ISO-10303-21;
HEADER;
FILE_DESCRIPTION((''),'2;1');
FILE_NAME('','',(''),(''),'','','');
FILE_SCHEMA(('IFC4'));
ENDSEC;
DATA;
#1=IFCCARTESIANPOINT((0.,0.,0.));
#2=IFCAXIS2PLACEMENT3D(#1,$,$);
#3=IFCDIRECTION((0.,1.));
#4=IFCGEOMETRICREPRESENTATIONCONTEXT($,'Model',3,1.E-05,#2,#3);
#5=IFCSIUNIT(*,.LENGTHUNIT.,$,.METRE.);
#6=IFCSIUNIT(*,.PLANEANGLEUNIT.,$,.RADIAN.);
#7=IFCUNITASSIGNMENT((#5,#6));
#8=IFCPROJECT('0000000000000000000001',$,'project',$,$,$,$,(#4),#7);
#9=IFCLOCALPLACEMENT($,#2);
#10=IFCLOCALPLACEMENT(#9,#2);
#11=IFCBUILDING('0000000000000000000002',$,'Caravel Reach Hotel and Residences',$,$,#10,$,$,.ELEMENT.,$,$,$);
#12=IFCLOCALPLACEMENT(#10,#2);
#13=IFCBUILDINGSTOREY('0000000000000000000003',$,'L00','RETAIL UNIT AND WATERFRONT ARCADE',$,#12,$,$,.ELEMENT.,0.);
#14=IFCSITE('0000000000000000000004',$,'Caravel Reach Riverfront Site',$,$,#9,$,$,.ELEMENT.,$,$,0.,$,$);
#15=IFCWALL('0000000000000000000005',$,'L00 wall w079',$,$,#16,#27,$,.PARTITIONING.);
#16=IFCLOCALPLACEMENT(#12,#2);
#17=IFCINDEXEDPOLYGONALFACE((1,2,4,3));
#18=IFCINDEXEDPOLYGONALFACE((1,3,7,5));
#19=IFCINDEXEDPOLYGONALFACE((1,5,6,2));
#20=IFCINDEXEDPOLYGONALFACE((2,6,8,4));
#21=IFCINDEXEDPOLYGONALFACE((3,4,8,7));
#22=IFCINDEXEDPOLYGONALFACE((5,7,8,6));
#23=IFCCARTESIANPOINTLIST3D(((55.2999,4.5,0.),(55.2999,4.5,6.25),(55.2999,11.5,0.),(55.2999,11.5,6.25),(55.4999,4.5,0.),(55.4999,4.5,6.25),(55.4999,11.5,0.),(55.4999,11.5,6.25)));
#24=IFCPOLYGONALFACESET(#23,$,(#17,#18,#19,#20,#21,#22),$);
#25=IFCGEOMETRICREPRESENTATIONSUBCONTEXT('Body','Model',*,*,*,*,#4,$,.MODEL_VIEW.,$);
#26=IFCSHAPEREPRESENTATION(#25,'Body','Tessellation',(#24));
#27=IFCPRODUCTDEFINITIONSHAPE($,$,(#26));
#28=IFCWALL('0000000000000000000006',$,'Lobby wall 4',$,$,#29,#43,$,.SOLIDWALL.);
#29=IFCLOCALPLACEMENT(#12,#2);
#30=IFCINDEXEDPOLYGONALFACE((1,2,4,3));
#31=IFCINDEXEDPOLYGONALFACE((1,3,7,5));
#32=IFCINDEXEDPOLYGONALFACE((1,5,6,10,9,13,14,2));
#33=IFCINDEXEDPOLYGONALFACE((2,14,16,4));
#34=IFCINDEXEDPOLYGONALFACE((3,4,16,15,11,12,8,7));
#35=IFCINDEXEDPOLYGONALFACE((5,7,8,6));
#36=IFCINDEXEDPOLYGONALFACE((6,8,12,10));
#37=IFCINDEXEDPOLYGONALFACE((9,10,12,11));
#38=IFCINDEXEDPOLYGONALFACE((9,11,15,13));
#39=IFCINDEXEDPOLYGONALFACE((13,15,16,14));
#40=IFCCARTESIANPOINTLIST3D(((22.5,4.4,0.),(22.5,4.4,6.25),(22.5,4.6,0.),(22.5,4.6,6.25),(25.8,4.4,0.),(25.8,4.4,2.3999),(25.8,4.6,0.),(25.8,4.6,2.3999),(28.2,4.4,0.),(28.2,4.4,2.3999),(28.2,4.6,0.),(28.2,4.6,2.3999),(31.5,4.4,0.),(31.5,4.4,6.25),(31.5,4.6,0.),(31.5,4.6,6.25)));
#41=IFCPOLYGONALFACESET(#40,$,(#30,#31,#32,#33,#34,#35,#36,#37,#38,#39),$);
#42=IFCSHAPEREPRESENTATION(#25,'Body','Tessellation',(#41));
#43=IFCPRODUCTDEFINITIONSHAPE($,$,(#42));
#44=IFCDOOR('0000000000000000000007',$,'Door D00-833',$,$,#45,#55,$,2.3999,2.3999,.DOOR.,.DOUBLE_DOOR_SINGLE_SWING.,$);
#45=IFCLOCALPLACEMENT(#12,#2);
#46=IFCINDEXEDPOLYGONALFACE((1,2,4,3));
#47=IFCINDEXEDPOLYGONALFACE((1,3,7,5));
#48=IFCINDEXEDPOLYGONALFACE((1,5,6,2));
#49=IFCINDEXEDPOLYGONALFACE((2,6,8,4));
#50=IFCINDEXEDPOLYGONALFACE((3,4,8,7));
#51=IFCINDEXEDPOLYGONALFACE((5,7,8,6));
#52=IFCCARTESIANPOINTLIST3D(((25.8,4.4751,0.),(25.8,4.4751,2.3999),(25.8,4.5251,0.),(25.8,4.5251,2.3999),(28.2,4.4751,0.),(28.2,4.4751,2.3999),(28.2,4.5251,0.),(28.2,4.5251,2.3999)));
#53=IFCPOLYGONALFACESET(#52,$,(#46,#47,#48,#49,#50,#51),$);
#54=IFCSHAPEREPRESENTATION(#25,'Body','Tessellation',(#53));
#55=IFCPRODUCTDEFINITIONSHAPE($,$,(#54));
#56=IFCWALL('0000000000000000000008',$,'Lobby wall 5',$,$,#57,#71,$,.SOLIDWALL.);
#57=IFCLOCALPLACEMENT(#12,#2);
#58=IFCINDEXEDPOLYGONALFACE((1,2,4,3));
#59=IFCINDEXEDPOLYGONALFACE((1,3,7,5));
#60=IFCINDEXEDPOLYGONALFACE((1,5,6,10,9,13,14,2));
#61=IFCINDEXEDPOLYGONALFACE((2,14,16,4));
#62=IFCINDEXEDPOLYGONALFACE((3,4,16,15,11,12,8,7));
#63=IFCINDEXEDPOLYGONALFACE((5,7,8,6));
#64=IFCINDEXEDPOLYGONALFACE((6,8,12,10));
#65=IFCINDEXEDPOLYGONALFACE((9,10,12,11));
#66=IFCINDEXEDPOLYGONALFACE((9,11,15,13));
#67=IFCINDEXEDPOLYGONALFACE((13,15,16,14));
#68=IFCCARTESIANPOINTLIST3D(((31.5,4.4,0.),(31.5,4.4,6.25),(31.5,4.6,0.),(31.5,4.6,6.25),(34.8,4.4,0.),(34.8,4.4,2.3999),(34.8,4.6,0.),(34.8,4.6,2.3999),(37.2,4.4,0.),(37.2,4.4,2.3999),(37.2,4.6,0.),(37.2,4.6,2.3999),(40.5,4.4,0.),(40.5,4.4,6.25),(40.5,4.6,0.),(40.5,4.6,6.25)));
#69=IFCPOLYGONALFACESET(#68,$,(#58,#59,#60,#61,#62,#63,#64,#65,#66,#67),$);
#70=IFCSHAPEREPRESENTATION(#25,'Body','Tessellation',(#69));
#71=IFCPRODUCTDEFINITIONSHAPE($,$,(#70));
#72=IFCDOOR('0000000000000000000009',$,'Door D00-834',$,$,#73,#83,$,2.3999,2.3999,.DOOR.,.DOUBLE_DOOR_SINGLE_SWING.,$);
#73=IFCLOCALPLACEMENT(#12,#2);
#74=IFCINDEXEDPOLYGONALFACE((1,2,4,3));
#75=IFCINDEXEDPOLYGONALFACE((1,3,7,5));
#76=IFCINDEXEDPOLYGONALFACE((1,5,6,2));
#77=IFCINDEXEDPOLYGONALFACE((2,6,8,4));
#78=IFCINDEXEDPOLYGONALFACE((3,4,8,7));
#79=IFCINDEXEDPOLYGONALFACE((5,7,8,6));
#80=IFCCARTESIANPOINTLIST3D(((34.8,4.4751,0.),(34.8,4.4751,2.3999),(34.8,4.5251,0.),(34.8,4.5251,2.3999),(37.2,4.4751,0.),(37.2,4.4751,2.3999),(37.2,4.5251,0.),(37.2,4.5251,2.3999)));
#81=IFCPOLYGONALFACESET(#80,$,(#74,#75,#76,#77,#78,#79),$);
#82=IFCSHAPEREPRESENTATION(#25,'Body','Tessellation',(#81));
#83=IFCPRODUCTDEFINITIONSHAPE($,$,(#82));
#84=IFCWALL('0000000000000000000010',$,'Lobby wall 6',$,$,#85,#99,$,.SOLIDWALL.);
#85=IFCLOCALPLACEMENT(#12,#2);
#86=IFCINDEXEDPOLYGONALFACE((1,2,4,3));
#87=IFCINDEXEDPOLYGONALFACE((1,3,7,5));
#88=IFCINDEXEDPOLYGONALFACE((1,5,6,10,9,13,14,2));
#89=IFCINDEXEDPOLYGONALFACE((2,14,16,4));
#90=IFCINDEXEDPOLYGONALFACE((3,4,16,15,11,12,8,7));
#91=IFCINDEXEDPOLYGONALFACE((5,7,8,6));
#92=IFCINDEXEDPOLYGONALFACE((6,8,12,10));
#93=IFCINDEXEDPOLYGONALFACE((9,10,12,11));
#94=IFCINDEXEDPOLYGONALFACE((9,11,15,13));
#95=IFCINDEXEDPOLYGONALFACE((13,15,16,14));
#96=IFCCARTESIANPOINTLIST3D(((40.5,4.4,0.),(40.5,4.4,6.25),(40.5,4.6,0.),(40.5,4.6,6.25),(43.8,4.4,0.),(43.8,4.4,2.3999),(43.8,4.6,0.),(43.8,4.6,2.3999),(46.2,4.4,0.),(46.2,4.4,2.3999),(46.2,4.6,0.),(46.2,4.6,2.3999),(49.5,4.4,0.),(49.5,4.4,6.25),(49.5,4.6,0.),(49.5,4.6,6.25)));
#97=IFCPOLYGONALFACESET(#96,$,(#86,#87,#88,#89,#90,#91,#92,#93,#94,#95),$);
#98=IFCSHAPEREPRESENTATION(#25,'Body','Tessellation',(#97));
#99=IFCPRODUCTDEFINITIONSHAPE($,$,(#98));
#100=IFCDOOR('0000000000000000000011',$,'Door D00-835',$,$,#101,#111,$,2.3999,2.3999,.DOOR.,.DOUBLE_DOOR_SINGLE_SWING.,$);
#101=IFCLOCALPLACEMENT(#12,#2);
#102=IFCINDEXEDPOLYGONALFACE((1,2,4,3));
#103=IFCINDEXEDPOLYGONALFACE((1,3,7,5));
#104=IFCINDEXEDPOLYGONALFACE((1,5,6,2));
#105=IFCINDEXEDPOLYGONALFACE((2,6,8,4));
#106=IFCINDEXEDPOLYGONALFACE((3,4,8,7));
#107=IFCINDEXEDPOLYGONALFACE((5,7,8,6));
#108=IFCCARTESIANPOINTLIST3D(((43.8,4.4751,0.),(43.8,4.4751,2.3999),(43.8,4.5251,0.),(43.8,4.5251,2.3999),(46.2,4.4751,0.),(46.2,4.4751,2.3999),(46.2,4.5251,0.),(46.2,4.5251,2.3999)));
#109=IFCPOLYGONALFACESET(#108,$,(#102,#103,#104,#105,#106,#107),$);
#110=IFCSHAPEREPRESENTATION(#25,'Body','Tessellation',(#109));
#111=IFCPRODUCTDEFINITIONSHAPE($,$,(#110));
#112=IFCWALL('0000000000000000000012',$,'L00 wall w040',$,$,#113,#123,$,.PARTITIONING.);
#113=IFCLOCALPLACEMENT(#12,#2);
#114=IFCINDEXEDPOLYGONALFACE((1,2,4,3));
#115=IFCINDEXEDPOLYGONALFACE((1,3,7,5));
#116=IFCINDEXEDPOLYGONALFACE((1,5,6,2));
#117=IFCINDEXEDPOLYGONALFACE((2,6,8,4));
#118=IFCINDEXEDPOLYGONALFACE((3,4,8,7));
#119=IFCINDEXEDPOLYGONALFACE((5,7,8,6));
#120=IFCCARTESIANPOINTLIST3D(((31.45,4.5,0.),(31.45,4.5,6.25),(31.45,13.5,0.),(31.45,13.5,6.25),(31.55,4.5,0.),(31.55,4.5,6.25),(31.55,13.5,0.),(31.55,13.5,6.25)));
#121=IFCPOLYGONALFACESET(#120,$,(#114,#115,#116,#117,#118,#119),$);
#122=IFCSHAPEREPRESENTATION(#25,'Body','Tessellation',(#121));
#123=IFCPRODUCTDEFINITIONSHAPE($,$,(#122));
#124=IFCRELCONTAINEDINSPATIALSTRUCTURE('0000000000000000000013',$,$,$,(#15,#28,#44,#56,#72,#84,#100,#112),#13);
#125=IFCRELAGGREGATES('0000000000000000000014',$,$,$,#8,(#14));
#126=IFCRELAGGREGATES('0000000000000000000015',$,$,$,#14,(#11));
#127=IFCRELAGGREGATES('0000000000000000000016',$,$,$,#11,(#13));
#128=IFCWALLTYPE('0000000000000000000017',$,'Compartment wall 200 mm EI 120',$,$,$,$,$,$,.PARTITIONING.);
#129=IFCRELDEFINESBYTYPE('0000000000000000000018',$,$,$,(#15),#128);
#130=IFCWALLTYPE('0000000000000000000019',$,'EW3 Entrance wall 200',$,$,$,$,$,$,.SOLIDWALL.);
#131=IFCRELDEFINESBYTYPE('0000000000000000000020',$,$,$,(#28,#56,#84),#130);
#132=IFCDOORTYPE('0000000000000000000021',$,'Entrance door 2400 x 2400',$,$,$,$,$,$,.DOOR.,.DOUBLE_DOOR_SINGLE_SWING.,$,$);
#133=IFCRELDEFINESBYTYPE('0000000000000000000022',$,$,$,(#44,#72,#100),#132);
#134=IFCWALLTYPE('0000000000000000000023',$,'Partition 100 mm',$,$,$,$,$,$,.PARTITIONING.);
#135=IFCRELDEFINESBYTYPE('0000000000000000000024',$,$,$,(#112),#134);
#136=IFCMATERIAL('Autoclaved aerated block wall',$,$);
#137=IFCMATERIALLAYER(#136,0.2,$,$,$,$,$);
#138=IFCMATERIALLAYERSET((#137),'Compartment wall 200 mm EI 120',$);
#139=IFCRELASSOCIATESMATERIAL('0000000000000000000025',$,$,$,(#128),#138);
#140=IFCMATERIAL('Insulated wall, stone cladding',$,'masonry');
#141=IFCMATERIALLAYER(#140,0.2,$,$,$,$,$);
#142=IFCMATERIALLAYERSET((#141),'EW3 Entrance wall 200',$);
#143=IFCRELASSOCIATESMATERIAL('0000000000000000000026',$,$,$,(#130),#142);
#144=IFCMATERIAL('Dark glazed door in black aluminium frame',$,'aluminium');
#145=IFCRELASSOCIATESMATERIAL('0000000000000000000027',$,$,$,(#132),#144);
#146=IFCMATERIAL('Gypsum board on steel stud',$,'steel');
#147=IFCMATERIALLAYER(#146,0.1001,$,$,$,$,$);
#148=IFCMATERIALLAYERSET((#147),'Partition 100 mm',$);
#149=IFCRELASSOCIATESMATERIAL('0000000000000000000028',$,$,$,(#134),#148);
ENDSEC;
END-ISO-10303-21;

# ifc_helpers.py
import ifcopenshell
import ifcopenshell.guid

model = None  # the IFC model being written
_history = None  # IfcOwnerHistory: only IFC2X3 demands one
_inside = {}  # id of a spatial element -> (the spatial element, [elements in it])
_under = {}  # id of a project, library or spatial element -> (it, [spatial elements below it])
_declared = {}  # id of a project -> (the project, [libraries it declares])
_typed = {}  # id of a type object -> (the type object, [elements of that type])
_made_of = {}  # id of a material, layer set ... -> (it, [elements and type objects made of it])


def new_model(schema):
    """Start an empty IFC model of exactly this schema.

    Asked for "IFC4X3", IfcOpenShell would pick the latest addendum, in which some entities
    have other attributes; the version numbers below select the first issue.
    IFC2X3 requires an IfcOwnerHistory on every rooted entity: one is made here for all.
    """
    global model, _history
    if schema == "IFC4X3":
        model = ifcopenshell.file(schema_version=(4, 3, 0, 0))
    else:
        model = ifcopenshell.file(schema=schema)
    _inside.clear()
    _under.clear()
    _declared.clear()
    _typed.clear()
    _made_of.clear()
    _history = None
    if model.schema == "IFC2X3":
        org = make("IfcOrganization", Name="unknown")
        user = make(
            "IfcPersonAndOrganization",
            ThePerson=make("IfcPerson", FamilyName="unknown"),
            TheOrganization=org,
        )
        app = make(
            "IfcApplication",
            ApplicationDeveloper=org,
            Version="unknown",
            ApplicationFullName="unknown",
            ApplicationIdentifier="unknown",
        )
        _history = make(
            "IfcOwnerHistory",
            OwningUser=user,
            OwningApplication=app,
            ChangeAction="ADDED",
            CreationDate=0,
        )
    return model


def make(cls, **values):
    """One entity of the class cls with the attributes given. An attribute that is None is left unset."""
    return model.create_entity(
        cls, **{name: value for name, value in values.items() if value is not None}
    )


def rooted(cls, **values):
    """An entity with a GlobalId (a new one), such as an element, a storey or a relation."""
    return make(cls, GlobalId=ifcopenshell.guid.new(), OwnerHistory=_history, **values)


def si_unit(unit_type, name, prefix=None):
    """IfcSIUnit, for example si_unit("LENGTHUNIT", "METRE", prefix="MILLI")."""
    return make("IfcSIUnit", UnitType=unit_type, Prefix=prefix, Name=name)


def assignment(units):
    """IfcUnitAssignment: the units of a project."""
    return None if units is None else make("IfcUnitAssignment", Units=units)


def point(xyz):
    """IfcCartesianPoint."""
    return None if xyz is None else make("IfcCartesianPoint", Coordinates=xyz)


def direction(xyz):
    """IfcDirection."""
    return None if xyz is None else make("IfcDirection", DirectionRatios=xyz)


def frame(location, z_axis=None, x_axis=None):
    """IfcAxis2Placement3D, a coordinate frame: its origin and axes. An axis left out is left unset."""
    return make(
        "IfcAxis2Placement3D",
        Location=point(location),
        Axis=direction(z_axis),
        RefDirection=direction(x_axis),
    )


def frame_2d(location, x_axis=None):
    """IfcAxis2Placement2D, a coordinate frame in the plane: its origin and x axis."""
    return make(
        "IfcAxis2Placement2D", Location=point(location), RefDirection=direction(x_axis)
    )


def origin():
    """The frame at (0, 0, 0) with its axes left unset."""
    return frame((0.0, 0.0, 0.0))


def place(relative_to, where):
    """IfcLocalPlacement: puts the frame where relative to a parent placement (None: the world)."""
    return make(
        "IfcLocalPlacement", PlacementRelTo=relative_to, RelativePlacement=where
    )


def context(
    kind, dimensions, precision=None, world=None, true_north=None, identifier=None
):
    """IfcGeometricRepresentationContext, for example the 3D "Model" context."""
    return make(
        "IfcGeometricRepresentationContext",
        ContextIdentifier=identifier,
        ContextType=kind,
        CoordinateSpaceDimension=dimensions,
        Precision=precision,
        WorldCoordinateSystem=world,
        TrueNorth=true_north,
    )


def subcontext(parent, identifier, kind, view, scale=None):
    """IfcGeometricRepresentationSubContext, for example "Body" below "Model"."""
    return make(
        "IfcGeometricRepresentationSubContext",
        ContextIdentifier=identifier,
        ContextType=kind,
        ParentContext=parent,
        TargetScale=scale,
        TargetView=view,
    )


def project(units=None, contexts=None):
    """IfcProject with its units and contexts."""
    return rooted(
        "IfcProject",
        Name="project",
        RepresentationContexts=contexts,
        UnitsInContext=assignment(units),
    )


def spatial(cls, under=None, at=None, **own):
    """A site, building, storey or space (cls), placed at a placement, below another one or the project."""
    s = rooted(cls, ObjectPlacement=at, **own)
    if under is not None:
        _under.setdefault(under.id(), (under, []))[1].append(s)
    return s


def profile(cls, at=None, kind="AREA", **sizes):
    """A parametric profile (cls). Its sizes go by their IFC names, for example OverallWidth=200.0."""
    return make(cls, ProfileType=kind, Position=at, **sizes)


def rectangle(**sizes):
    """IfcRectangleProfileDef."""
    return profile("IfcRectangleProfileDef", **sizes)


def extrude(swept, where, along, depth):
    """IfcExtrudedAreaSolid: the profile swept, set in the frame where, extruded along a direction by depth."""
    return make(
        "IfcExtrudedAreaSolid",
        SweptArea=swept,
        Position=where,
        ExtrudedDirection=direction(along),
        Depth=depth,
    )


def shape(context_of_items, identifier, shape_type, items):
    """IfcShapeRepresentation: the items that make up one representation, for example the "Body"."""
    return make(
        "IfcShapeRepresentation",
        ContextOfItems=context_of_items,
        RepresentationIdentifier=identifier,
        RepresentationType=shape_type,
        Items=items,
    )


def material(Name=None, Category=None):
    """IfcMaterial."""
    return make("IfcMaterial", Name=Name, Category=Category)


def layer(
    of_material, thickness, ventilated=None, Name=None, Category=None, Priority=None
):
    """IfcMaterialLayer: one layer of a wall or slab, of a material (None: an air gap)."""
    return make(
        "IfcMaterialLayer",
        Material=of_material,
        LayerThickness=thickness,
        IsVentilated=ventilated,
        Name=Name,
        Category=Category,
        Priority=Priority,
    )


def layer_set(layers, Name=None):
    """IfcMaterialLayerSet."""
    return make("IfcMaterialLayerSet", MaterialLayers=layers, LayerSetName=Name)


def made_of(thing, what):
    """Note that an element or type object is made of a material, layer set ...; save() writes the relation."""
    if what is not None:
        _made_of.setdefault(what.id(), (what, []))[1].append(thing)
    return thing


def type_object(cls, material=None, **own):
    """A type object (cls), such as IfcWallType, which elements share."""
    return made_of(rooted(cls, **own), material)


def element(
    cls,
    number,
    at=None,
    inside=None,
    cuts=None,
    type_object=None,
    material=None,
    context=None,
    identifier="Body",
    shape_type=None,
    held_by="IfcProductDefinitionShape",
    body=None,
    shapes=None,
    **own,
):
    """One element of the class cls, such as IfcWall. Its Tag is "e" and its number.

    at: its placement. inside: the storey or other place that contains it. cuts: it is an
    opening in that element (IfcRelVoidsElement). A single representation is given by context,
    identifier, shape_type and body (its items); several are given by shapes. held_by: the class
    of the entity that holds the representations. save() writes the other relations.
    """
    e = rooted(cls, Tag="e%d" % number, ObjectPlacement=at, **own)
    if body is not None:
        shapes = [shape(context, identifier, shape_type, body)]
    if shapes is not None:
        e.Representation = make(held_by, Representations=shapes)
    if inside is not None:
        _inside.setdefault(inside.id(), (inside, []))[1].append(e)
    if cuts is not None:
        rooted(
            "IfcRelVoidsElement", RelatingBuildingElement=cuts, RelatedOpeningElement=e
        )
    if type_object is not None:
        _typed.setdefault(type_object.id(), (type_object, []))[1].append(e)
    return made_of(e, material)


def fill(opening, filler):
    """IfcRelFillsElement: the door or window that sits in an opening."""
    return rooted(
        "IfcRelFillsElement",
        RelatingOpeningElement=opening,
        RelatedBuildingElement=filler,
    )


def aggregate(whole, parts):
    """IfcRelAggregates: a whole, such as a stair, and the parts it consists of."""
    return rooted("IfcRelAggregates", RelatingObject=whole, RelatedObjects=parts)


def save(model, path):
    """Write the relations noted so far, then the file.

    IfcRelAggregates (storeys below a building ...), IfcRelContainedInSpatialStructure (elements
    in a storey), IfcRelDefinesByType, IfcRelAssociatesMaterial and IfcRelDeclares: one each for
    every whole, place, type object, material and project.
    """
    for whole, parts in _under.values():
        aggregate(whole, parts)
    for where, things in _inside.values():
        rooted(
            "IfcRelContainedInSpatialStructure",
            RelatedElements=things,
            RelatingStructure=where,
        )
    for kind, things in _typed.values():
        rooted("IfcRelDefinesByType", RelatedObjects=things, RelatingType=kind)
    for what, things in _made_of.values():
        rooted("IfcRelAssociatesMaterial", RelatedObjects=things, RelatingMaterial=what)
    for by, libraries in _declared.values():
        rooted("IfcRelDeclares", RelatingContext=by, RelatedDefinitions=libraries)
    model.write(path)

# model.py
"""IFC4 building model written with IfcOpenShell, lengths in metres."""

from ifc_helpers import new_model, si_unit, direction, frame, frame_2d, origin, place, context, subcontext, project, spatial, rectangle, extrude, material, layer, layer_set, type_object, element, fill, save


model = new_model("IFC4")

# Units and contexts
model_context = context("Model", 3, precision=1e-05, world=origin(), true_north=direction((0.0, 1.0)))
body_context = subcontext(model_context, "Body", "Model", "MODEL_VIEW")
ifc_project = project(units=[si_unit("LENGTHUNIT", "METRE"), si_unit("PLANEANGLEUNIT", "RADIAN")], contexts=[model_context])

# Site, building, storey
site_placement = place(None, origin())
site = spatial("IfcSite", under=ifc_project, at=site_placement, Name="Caravel Reach Riverfront Site", CompositionType="ELEMENT", RefElevation=0.0)
building_placement = place(site_placement, origin())
building = spatial("IfcBuilding", under=site, at=building_placement, Name="Caravel Reach Hotel and Residences", CompositionType="ELEMENT")
storey_placement = place(building_placement, origin())
storey = spatial("IfcBuildingStorey", under=building, at=storey_placement, Name="L00", Description="RETAIL UNIT AND WATERFRONT ARCADE", CompositionType="ELEMENT", Elevation=0.0)

# Wall
ifc_material_1 = material(Name="Autoclaved aerated block wall")
ifc_layer_1 = layer(ifc_material_1, 0.2)
ifc_layer_set_1 = layer_set([ifc_layer_1], Name="Compartment wall 200 mm EI 120")
wall_type_1 = type_object("IfcWallType", Name="Compartment wall 200 mm EI 120", PredefinedType="PARTITIONING", material=ifc_layer_set_1)
for number, where, z_axis, x_axis, name in (
    (1, (55.3999, 4.5, 0.0), (0.0, 0.0, 1.0), (0.0, 1.0, 0.0), "L00 wall w079"),
):
    element("IfcWall", number, at=place(storey_placement, frame(where, z_axis=z_axis, x_axis=x_axis)), inside=storey, type_object=wall_type_1, Name=name, PredefinedType="PARTITIONING", context=body_context, shape_type="SweptSolid", body=[
        extrude(rectangle(XDim=7.0, YDim=0.2, at=frame_2d((3.5, 0.0))), origin(), (0.0, 0.0, 1.0), 6.25),
    ])

# Walls, openings, doors
ifc_material_2 = material(Name="Insulated wall, stone cladding", Category="masonry")
ifc_layer_2 = layer(ifc_material_2, 0.2)
ifc_layer_set_2 = layer_set([ifc_layer_2], Name="EW3 Entrance wall 200")
wall_type_2 = type_object("IfcWallType", Name="EW3 Entrance wall 200", PredefinedType="SOLIDWALL", material=ifc_layer_set_2)
wall_1_placement = place(storey_placement, frame((31.5, 4.5, 0.0), z_axis=(0.0, 0.0, 1.0), x_axis=(-1.0, 0.0, 0.0)))
wall_1 = element("IfcWall", 2, at=wall_1_placement, inside=storey, type_object=wall_type_2, Name="Lobby wall 4", PredefinedType="SOLIDWALL", context=body_context, shape_type="SweptSolid", body=[
    extrude(rectangle(XDim=9.0, YDim=0.2, at=frame_2d((4.5, 0.0))), origin(), (0.0, 0.0, 1.0), 6.25),
])
opening_1_placement = place(wall_1_placement, frame((3.3, 0.0, 0.0)))
opening_1 = element("IfcOpeningElement", 3, at=opening_1_placement, cuts=wall_1, PredefinedType="OPENING", context=body_context, shape_type="SweptSolid", body=[
    extrude(rectangle(XDim=2.3999, YDim=2.3999, at=frame_2d((1.2, 1.2))), frame((0.0, 0.1099, 0.0), z_axis=(0.0, -1.0, 0.0), x_axis=(1.0, 0.0, 0.0)), (0.0, 0.0, 1.0), 0.22),
])
ifc_material_3 = material(Name="Dark glazed door in black aluminium frame", Category="aluminium")
door_type = type_object("IfcDoorType", Name="Entrance door 2400 x 2400", OperationType="DOUBLE_DOOR_SINGLE_SWING", PredefinedType="DOOR", material=ifc_material_3)
door_1_placement = place(opening_1_placement, origin())
door_1 = element("IfcDoor", 4, at=door_1_placement, inside=storey, type_object=door_type, Name="Door D00-833", OperationType="DOUBLE_DOOR_SINGLE_SWING", OverallHeight=2.3999, OverallWidth=2.3999, PredefinedType="DOOR", context=body_context, shape_type="SweptSolid", body=[
    extrude(rectangle(XDim=2.3999, YDim=2.3999, at=frame_2d((1.2, 1.2))), frame((0.0, 0.0249, 0.0), z_axis=(0.0, -1.0, 0.0), x_axis=(1.0, 0.0, 0.0)), (0.0, 0.0, 1.0), 0.05),
])
fill(opening_1, door_1)
wall_2_placement = place(storey_placement, frame((40.5, 4.5, 0.0), z_axis=(0.0, 0.0, 1.0), x_axis=(-1.0, 0.0, 0.0)))
wall_2 = element("IfcWall", 5, at=wall_2_placement, inside=storey, type_object=wall_type_2, Name="Lobby wall 5", PredefinedType="SOLIDWALL", context=body_context, shape_type="SweptSolid", body=[
    extrude(rectangle(XDim=9.0, YDim=0.2, at=frame_2d((4.5, 0.0))), origin(), (0.0, 0.0, 1.0), 6.25),
])
opening_2_placement = place(wall_2_placement, frame((3.3, 0.0, 0.0)))
opening_2 = element("IfcOpeningElement", 6, at=opening_2_placement, cuts=wall_2, PredefinedType="OPENING", context=body_context, shape_type="SweptSolid", body=[
    extrude(rectangle(XDim=2.3999, YDim=2.3999, at=frame_2d((1.2, 1.2))), frame((0.0, 0.1099, 0.0), z_axis=(0.0, -1.0, 0.0), x_axis=(1.0, 0.0, 0.0)), (0.0, 0.0, 1.0), 0.22),
])
door_2_placement = place(opening_2_placement, origin())
door_2 = element("IfcDoor", 7, at=door_2_placement, inside=storey, type_object=door_type, Name="Door D00-834", OperationType="DOUBLE_DOOR_SINGLE_SWING", OverallHeight=2.3999, OverallWidth=2.3999, PredefinedType="DOOR", context=body_context, shape_type="SweptSolid", body=[
    extrude(rectangle(XDim=2.3999, YDim=2.3999, at=frame_2d((1.2, 1.2))), frame((0.0, 0.0249, 0.0), z_axis=(0.0, -1.0, 0.0), x_axis=(1.0, 0.0, 0.0)), (0.0, 0.0, 1.0), 0.05),
])
fill(opening_2, door_2)
wall_3_placement = place(storey_placement, frame((49.5, 4.5, 0.0), z_axis=(0.0, 0.0, 1.0), x_axis=(-1.0, 0.0, 0.0)))
wall_3 = element("IfcWall", 8, at=wall_3_placement, inside=storey, type_object=wall_type_2, Name="Lobby wall 6", PredefinedType="SOLIDWALL", context=body_context, shape_type="SweptSolid", body=[
    extrude(rectangle(XDim=9.0, YDim=0.2, at=frame_2d((4.5, 0.0))), origin(), (0.0, 0.0, 1.0), 6.25),
])
opening_3_placement = place(wall_3_placement, frame((3.3, 0.0, 0.0)))
opening_3 = element("IfcOpeningElement", 9, at=opening_3_placement, cuts=wall_3, PredefinedType="OPENING", context=body_context, shape_type="SweptSolid", body=[
    extrude(rectangle(XDim=2.3999, YDim=2.3999, at=frame_2d((1.2, 1.2))), frame((0.0, 0.1099, 0.0), z_axis=(0.0, -1.0, 0.0), x_axis=(1.0, 0.0, 0.0)), (0.0, 0.0, 1.0), 0.22),
])
door_3_placement = place(opening_3_placement, origin())
door_3 = element("IfcDoor", 10, at=door_3_placement, inside=storey, type_object=door_type, Name="Door D00-835", OperationType="DOUBLE_DOOR_SINGLE_SWING", OverallHeight=2.3999, OverallWidth=2.3999, PredefinedType="DOOR", context=body_context, shape_type="SweptSolid", body=[
    extrude(rectangle(XDim=2.3999, YDim=2.3999, at=frame_2d((1.2, 1.2))), frame((0.0, 0.0249, 0.0), z_axis=(0.0, -1.0, 0.0), x_axis=(1.0, 0.0, 0.0)), (0.0, 0.0, 1.0), 0.05),
])
fill(opening_3, door_3)

# Wall
ifc_material_4 = material(Name="Gypsum board on steel stud", Category="steel")
ifc_layer_3 = layer(ifc_material_4, 0.1001)
ifc_layer_set_3 = layer_set([ifc_layer_3], Name="Partition 100 mm")
wall_type_3 = type_object("IfcWallType", Name="Partition 100 mm", PredefinedType="PARTITIONING", material=ifc_layer_set_3)
wall_4_placement = place(storey_placement, frame((31.5, 4.5, 0.0), z_axis=(0.0, 0.0, 1.0), x_axis=(0.0, 1.0, 0.0)))
element("IfcWall", 11, at=wall_4_placement, inside=storey, type_object=wall_type_3, Name="L00 wall w040", PredefinedType="PARTITIONING", context=body_context, shape_type="SweptSolid", body=[
    extrude(rectangle(XDim=9.0, YDim=0.1001, at=frame_2d((4.5, 0.0))), origin(), (0.0, 0.0, 1.0), 6.25),
])

save(model, "model.ifc")
